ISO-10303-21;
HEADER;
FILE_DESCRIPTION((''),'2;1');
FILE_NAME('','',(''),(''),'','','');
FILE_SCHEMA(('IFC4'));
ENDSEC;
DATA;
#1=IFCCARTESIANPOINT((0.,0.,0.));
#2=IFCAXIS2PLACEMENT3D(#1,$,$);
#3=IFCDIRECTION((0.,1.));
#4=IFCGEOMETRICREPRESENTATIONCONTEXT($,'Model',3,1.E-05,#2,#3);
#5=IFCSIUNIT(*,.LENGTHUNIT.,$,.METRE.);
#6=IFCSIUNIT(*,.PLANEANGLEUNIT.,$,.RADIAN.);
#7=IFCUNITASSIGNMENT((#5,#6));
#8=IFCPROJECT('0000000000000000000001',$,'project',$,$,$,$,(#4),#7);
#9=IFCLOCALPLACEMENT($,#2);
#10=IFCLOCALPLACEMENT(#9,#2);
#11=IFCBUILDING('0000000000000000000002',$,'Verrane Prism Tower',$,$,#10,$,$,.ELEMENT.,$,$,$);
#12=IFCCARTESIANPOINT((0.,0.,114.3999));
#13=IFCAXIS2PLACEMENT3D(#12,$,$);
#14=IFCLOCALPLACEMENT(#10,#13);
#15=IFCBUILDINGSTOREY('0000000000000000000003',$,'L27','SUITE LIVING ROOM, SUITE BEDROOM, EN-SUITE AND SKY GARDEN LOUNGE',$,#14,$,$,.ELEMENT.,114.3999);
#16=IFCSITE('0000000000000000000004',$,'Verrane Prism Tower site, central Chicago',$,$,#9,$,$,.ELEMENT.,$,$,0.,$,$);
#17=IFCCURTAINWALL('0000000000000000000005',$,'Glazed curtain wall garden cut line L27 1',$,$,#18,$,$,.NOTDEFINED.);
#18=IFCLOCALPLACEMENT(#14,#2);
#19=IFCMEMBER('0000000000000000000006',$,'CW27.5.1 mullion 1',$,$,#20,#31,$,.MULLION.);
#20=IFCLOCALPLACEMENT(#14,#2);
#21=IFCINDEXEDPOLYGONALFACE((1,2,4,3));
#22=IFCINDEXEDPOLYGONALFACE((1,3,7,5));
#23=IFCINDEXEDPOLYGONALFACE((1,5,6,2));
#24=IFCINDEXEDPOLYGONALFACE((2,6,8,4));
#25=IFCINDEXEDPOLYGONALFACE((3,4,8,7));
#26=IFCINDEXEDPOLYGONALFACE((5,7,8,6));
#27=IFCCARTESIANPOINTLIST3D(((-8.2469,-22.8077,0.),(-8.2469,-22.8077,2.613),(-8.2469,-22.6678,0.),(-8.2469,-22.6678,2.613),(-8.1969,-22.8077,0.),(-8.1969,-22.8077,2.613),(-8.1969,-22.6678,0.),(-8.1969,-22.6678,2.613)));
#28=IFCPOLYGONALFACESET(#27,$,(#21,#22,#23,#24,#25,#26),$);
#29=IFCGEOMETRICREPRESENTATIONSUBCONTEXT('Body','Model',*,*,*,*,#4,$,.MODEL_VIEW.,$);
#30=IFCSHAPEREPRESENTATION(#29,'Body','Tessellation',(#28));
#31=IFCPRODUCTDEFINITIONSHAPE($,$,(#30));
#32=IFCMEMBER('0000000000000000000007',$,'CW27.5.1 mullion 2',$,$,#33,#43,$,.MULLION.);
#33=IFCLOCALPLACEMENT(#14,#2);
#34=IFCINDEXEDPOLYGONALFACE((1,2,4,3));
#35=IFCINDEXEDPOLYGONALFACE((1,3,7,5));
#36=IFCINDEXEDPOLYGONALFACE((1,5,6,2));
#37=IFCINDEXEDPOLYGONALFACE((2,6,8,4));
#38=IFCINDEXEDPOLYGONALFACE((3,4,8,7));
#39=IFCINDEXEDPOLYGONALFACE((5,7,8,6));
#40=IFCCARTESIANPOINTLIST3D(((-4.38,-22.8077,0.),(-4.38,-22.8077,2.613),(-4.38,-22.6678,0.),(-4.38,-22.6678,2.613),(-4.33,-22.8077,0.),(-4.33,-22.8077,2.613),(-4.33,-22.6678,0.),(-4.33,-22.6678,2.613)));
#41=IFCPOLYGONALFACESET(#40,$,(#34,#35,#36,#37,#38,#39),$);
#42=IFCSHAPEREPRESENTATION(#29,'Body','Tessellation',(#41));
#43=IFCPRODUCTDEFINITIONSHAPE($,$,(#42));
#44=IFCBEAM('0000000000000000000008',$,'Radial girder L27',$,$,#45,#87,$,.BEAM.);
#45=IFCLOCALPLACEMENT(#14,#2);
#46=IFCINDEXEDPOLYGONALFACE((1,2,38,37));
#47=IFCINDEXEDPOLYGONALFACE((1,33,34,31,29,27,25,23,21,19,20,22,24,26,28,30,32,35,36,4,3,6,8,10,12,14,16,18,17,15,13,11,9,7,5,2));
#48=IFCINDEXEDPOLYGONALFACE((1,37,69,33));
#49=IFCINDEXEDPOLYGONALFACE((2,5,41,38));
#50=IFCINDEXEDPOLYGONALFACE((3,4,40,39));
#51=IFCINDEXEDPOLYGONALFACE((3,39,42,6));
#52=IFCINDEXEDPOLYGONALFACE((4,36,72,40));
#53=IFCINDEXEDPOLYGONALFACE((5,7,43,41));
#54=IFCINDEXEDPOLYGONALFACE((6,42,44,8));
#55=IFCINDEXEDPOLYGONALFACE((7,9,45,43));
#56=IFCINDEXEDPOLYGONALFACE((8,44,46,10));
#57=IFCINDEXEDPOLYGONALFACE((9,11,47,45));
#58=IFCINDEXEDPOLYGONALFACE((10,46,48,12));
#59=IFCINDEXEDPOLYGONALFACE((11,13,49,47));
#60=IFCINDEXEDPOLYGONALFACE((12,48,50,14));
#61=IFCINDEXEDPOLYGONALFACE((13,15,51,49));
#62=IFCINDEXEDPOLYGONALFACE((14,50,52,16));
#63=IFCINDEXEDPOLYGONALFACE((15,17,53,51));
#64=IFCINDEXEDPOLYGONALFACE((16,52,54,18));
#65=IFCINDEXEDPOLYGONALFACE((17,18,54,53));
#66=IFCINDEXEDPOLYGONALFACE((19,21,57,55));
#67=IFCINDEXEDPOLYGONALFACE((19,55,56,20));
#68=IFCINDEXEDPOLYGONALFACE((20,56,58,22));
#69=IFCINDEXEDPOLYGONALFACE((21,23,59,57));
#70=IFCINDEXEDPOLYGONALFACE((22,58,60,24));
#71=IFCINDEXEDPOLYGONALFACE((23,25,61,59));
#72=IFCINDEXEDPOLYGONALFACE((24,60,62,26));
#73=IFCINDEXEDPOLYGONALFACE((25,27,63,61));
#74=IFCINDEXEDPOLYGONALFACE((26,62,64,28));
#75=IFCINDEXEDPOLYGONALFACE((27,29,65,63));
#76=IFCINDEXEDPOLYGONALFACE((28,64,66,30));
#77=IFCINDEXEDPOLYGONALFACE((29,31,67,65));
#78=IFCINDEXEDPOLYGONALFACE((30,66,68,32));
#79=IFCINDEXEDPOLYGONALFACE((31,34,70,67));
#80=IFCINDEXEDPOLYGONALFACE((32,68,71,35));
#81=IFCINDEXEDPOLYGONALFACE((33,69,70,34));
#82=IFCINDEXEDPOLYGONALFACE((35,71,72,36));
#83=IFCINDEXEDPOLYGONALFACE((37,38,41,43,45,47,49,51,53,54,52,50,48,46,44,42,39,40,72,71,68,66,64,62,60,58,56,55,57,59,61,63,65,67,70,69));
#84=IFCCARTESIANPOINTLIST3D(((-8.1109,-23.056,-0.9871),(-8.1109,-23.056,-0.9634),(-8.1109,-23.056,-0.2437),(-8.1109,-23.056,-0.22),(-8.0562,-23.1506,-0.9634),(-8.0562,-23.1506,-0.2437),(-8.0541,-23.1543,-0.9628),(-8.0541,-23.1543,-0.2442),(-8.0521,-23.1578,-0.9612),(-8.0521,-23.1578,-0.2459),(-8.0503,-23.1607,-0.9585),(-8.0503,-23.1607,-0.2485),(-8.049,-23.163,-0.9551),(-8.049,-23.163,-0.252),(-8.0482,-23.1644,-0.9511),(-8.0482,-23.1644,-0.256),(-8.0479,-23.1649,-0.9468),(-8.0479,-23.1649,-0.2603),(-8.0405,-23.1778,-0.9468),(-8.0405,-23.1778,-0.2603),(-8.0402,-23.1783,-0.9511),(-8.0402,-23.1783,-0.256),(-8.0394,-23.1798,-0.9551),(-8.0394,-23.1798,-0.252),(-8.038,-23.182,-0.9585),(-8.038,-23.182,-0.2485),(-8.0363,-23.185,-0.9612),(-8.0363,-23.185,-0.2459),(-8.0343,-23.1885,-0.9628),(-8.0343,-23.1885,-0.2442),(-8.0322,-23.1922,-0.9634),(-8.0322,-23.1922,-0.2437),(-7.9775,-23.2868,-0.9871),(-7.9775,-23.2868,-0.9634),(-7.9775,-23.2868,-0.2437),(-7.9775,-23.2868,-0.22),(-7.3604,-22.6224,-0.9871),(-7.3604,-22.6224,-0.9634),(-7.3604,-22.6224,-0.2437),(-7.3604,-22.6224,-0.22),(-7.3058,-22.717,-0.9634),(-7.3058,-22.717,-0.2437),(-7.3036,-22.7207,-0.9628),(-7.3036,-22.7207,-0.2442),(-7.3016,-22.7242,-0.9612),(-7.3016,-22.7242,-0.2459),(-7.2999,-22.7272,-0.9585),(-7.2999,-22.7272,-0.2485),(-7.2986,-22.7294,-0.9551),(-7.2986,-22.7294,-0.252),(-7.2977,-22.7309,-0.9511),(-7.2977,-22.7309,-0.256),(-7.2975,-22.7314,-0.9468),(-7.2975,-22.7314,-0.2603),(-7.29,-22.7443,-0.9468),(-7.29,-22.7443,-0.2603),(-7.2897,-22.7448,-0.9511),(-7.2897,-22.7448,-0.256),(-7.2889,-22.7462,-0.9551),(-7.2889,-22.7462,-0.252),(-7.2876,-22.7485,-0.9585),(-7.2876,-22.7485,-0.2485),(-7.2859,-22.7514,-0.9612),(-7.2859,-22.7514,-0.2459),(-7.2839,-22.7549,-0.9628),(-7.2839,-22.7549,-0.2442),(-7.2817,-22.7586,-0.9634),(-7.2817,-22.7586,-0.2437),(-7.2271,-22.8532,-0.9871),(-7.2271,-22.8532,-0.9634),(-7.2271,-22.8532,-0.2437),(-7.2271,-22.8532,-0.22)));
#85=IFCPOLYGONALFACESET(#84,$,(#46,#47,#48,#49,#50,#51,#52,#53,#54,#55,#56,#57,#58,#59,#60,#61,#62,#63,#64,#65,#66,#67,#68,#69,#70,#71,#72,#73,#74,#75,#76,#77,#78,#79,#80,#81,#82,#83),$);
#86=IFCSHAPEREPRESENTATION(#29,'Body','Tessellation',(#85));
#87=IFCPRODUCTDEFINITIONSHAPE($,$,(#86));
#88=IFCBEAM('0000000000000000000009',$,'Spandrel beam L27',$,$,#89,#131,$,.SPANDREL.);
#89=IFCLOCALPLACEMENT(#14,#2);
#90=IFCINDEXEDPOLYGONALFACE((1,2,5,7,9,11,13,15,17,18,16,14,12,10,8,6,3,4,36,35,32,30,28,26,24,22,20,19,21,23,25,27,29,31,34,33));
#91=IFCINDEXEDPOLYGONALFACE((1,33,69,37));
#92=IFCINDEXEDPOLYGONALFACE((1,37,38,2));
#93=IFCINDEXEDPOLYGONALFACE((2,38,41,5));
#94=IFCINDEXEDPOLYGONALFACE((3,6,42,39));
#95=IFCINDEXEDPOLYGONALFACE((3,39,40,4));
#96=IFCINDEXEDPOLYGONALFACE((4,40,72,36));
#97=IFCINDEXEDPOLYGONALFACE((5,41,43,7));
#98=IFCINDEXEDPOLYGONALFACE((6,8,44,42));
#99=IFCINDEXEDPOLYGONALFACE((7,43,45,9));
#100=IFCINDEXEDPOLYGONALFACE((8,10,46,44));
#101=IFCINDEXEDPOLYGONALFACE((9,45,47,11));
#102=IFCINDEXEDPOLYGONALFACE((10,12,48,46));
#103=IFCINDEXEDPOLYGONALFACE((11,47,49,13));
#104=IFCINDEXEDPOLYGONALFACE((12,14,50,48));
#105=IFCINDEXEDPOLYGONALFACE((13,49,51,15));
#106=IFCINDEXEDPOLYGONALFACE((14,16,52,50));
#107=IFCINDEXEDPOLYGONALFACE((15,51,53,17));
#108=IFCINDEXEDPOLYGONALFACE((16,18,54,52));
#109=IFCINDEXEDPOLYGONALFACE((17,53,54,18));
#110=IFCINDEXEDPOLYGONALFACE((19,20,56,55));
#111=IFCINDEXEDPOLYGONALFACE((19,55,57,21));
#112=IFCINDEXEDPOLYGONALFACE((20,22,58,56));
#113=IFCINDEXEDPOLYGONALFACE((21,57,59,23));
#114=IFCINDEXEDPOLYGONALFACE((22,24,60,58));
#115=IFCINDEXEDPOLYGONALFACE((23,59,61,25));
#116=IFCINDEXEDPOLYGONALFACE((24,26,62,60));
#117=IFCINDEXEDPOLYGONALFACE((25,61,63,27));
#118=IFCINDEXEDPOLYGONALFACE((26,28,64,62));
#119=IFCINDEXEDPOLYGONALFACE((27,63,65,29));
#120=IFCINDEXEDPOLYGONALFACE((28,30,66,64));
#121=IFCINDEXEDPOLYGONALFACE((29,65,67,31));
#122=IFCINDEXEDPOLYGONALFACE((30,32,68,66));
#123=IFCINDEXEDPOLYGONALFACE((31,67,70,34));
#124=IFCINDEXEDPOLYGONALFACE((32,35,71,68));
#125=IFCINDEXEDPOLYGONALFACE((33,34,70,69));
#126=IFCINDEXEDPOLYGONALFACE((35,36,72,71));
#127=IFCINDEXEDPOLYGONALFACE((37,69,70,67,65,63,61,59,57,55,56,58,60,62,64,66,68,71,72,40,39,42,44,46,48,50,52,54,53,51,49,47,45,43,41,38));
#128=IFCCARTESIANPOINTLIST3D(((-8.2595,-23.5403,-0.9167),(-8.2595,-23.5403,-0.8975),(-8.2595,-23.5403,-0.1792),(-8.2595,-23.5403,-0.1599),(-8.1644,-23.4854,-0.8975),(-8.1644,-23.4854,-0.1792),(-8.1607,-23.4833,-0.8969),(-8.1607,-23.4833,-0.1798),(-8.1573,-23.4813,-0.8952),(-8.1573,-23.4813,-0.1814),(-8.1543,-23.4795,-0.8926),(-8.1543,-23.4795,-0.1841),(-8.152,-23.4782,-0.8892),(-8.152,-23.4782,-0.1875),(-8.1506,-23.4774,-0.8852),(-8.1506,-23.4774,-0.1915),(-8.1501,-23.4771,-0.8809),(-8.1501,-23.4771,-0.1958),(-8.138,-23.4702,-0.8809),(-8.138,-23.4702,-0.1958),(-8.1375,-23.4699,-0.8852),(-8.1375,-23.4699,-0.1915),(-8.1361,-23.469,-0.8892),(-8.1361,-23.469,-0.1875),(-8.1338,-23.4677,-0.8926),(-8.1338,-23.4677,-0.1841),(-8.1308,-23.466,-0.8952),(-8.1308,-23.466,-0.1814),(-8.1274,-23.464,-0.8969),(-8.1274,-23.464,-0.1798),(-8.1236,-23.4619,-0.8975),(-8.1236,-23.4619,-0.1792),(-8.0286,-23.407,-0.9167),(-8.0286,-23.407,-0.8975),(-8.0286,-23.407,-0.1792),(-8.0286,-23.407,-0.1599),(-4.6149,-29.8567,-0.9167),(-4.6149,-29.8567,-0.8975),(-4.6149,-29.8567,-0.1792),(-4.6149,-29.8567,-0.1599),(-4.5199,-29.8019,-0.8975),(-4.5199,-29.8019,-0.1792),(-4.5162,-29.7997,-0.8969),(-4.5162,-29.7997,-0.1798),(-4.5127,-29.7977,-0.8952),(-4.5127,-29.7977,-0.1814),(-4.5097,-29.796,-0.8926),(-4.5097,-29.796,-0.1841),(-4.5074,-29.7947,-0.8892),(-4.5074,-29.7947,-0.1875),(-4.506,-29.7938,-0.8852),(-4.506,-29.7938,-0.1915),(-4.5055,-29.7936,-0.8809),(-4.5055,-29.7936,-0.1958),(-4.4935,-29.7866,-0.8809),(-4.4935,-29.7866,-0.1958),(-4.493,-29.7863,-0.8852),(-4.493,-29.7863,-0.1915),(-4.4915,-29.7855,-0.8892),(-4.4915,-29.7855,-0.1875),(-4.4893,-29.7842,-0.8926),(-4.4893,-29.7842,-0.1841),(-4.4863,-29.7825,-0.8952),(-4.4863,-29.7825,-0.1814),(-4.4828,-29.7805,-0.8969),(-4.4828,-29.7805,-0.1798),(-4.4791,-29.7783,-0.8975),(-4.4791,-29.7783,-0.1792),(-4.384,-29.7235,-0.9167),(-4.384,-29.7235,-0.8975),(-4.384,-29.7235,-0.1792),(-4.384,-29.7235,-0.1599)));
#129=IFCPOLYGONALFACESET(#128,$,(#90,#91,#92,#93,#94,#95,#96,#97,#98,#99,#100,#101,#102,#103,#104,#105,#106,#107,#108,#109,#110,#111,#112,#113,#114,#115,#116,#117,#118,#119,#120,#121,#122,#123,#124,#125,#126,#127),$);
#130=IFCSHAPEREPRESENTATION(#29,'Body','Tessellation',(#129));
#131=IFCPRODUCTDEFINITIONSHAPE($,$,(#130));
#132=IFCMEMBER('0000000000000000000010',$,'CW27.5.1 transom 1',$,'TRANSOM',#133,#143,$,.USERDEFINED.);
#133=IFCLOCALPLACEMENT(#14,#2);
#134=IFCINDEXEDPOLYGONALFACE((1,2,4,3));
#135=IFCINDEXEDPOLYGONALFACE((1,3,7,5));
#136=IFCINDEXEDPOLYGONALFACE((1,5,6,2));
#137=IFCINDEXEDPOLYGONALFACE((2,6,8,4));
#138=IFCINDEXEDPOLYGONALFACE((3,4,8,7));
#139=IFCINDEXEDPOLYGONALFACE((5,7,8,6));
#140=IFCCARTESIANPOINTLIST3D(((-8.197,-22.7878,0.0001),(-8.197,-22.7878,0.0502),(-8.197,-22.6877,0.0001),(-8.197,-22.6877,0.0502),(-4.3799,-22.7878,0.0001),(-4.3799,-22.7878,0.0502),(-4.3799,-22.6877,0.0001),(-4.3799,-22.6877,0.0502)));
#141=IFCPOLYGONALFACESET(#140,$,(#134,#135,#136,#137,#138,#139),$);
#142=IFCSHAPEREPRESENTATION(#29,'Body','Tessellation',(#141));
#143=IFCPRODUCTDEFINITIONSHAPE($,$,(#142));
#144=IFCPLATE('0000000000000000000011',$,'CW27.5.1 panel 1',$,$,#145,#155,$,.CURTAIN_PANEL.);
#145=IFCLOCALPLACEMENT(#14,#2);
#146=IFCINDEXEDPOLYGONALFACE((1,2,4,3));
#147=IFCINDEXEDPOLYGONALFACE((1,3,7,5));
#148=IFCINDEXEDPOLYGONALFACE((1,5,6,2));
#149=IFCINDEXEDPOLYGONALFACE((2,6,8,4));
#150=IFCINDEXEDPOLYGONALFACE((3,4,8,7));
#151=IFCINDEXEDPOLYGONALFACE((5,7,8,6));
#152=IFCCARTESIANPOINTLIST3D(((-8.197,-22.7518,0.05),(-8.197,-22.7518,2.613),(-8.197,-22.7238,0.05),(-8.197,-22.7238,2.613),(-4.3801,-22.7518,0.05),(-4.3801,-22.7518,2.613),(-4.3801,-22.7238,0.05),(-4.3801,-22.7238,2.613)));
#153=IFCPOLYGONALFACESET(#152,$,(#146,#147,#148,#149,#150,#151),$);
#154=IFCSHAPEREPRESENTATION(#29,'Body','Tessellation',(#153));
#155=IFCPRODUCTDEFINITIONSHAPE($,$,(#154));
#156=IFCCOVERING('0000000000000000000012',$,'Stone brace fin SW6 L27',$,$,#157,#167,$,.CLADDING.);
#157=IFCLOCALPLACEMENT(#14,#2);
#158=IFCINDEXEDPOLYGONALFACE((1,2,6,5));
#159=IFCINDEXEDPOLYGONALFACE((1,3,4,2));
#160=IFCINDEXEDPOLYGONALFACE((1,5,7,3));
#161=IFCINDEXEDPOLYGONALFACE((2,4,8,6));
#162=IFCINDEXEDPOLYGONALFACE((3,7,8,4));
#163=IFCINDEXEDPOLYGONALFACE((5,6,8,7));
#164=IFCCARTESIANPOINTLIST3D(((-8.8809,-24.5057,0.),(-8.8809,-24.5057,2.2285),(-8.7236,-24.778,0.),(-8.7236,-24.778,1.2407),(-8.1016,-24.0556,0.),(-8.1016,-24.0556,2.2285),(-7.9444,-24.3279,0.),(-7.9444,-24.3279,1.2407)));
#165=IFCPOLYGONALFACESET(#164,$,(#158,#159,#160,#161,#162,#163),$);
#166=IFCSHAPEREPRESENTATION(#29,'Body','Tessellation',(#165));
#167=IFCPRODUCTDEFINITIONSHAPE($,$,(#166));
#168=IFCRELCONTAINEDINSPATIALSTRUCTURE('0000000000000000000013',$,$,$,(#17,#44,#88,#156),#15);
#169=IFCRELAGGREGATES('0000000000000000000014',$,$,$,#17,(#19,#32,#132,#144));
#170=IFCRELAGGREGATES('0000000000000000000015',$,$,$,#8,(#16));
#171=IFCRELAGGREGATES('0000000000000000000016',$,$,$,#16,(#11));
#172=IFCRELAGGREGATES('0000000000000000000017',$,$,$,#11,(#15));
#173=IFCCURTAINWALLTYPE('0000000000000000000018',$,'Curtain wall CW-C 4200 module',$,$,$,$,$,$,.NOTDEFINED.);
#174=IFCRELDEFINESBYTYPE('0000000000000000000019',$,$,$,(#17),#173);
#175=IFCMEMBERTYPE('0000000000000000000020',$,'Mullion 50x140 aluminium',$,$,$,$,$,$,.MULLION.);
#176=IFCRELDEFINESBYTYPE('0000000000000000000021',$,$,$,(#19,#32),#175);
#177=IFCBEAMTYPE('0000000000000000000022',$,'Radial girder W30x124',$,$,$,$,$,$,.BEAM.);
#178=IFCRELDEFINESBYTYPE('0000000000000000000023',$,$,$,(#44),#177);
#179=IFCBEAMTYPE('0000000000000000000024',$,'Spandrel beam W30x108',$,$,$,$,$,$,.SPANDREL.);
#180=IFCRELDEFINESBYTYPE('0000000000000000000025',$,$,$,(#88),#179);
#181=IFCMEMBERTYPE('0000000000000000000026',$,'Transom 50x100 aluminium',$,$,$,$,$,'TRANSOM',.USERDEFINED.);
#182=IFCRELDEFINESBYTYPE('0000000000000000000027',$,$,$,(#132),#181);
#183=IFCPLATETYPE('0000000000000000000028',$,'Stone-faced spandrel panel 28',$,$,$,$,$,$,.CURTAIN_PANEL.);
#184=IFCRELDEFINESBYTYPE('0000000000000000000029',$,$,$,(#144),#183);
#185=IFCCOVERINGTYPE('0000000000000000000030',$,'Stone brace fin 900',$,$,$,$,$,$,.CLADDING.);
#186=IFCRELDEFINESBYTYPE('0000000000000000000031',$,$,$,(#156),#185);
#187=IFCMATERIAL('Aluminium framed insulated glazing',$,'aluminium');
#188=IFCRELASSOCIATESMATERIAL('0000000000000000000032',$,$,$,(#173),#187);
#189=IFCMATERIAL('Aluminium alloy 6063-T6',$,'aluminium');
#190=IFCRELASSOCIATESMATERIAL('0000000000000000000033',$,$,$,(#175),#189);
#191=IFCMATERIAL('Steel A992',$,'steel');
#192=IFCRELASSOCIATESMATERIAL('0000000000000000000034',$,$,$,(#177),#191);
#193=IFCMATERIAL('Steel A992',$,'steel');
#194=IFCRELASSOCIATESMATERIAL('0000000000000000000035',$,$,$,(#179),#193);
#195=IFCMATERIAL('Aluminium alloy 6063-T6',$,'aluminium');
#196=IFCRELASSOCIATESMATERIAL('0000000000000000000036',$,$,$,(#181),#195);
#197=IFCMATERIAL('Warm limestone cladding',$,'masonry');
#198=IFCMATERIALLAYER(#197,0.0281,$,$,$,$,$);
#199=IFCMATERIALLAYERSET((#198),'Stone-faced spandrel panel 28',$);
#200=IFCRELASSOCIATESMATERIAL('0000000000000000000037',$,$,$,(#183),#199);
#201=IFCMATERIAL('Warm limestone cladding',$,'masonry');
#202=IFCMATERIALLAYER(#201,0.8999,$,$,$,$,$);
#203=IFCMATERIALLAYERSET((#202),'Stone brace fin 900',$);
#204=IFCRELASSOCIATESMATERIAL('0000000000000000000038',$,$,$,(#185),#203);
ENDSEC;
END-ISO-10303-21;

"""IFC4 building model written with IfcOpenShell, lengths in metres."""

from ifc_helpers import new_model, si_unit, direction, frame, origin, origin_2d, place, context, subcontext, project, spatial, polyline, rectangle, i_section, outline, extrude, material, layer, layer_set, material_profile, profile_set, type_object, element, aggregate, save


model = new_model("IFC4")

# Units and contexts
model_context = context("Model", 3, precision=1e-05, world=origin(), true_north=direction((0.0, 1.0)))
body_context = subcontext(model_context, "Body", "Model", "MODEL_VIEW")
ifc_project = project(units=[si_unit("LENGTHUNIT", "METRE"), si_unit("PLANEANGLEUNIT", "RADIAN")], contexts=[model_context])

# Site, building, storey
site_placement = place(None, origin())
site = spatial("IfcSite", under=ifc_project, at=site_placement, Name="Verrane Prism Tower site, central Chicago", CompositionType="ELEMENT", RefElevation=0.0)
building_placement = place(site_placement, origin())
building = spatial("IfcBuilding", under=site, at=building_placement, Name="Verrane Prism Tower", CompositionType="ELEMENT")
storey_placement = place(building_placement, frame((0.0, 0.0, 114.3999)))
storey = spatial("IfcBuildingStorey", under=building, at=storey_placement, Name="L27", Description="SUITE LIVING ROOM, SUITE BEDROOM, EN-SUITE AND SKY GARDEN LOUNGE", CompositionType="ELEMENT", Elevation=114.3999)

# Curtain wall, members
ifc_material_1 = material(Name="Aluminium framed insulated glazing", Category="aluminium")
curtain_wall_type = type_object("IfcCurtainWallType", Name="Curtain wall CW-C 4200 module", PredefinedType="NOTDEFINED", material=ifc_material_1)
curtain_wall_placement = place(storey_placement, origin())
curtain_wall = element("IfcCurtainWall", 1, at=curtain_wall_placement, inside=storey, type_object=curtain_wall_type, Name="Glazed curtain wall garden cut line L27 1", PredefinedType="NOTDEFINED")
ifc_material_2 = material(Name="Aluminium alloy 6063-T6", Category="aluminium")
ifc_material_profile_1 = material_profile(ifc_material_2, rectangle(XDim=0.1399, YDim=0.05, at=origin_2d()), Name="Mullion 50x140 aluminium")
ifc_profile_set_1 = profile_set([ifc_material_profile_1], Name="Aluminium alloy 6063-T6")
member_type_1 = type_object("IfcMemberType", Name="Mullion 50x140 aluminium", PredefinedType="MULLION", material=ifc_profile_set_1)
member_1_placement = place(storey_placement, frame((-8.2219, -22.7378, 0.0), z_axis=(0.0, 0.0, 1.0), x_axis=(0.0, 1.0, 0.0)))
member_1 = element("IfcMember", 2, at=member_1_placement, type_object=member_type_1, Name="CW27.5.1 mullion 1", PredefinedType="MULLION", context=body_context, shape_type="SweptSolid", body=[
    extrude(rectangle(XDim=0.1399, YDim=0.05, at=origin_2d()), origin(), (0.0, 0.0, 1.0), 2.613),
])
member_2_placement = place(storey_placement, frame((-4.355, -22.7378, 0.0), z_axis=(0.0, 0.0, 1.0), x_axis=(0.0, 1.0, 0.0)))
member_2 = element("IfcMember", 3, at=member_2_placement, type_object=member_type_1, Name="CW27.5.1 mullion 2", PredefinedType="MULLION", context=body_context, shape_type="SweptSolid", body=[
    extrude(rectangle(XDim=0.1399, YDim=0.05, at=origin_2d()), origin(), (0.0, 0.0, 1.0), 2.613),
])

# Beams
ifc_material_3 = material(Name="Steel A992", Category="steel")
ifc_material_profile_2 = material_profile(ifc_material_3, i_section(OverallWidth=0.2666, OverallDepth=0.7671, WebThickness=0.0149, FlangeThickness=0.0237, FilletRadius=0.0166, at=origin_2d()), Name="W30x124")
ifc_profile_set_2 = profile_set([ifc_material_profile_2], Name="Steel A992")
beam_type_1 = type_object("IfcBeamType", Name="Radial girder W30x124", PredefinedType="BEAM", material=ifc_profile_set_2)
beam_1_placement = place(storey_placement, frame((-8.0442, -23.1714, -0.6035), z_axis=(0.865876, 0.500259, 0.0), x_axis=(-0.500259, 0.865876, 0.0)))
element("IfcBeam", 4, at=beam_1_placement, inside=storey, type_object=beam_type_1, Name="Radial girder L27", PredefinedType="BEAM", context=body_context, shape_type="SweptSolid", body=[
    extrude(i_section(OverallWidth=0.2666, OverallDepth=0.7671, WebThickness=0.0149, FlangeThickness=0.0237, FilletRadius=0.0166, at=origin_2d()), origin(), (0.0, 0.0, 1.0), 0.8667),
])
ifc_material_4 = material(Name="Steel A992", Category="steel")
ifc_material_profile_3 = material_profile(ifc_material_4, i_section(OverallWidth=0.2666, OverallDepth=0.7568, WebThickness=0.0139, FlangeThickness=0.0193, FilletRadius=0.0166, at=origin_2d()), Name="W30x108")
ifc_profile_set_3 = profile_set([ifc_material_profile_3], Name="Steel A992")
beam_type_2 = type_object("IfcBeamType", Name="Spandrel beam W30x108", PredefinedType="SPANDREL", material=ifc_profile_set_3)
beam_2_placement = place(storey_placement, frame((-8.144, -23.4736, -0.5383), z_axis=(0.499769, -0.866159, 0.0), x_axis=(0.866159, 0.499769, 0.0)))
element("IfcBeam", 5, at=beam_2_placement, inside=storey, type_object=beam_type_2, Name="Spandrel beam L27", PredefinedType="SPANDREL", context=body_context, shape_type="SweptSolid", body=[
    extrude(i_section(OverallWidth=0.2666, OverallDepth=0.7568, WebThickness=0.0139, FlangeThickness=0.0193, FilletRadius=0.0166, at=origin_2d()), origin(), (0.0, 0.0, 1.0), 7.2925),
])

# Member
ifc_material_5 = material(Name="Aluminium alloy 6063-T6", Category="aluminium")
ifc_material_profile_4 = material_profile(ifc_material_5, rectangle(XDim=0.1001, YDim=0.05, at=origin_2d()), Name="Transom 50x100 aluminium")
ifc_profile_set_4 = profile_set([ifc_material_profile_4], Name="Aluminium alloy 6063-T6")
member_type_2 = type_object("IfcMemberType", Name="Transom 50x100 aluminium", ElementType="TRANSOM", PredefinedType="USERDEFINED", material=ifc_profile_set_4)
member_3_placement = place(storey_placement, frame((-8.197, -22.7378, 0.0251), z_axis=(1.0, 0.0, 0.0), x_axis=(0.0, 1.0, 0.0)))
member_3 = element("IfcMember", 6, at=member_3_placement, type_object=member_type_2, Name="CW27.5.1 transom 1", ObjectType="TRANSOM", PredefinedType="USERDEFINED", context=body_context, shape_type="SweptSolid", body=[
    extrude(rectangle(XDim=0.1001, YDim=0.05, at=origin_2d()), origin(), (0.0, 0.0, 1.0), 3.8171),
])

# Plate
ifc_material_6 = material(Name="Warm limestone cladding", Category="masonry")
ifc_layer_1 = layer(ifc_material_6, 0.0281)
ifc_layer_set_1 = layer_set([ifc_layer_1], Name="Stone-faced spandrel panel 28")
plate_type = type_object("IfcPlateType", Name="Stone-faced spandrel panel 28", PredefinedType="CURTAIN_PANEL", material=ifc_layer_set_1)
plate_placement = place(storey_placement, frame((-6.2886, -22.7378, 0.05), z_axis=(0.0, 0.0, 1.0), x_axis=(1.0, 0.0, 0.0)))
plate = element("IfcPlate", 7, at=plate_placement, type_object=plate_type, Name="CW27.5.1 panel 1", PredefinedType="CURTAIN_PANEL", context=body_context, shape_type="SweptSolid", body=[
    extrude(rectangle(XDim=3.8169, YDim=0.0281, at=origin_2d()), origin(), (0.0, 0.0, 1.0), 2.563),
])
aggregate(curtain_wall, [member_1, member_2, member_3, plate])

# Covering
ifc_material_7 = material(Name="Warm limestone cladding", Category="masonry")
ifc_layer_2 = layer(ifc_material_7, 0.8999)
ifc_layer_set_2 = layer_set([ifc_layer_2], Name="Stone brace fin 900")
covering_type = type_object("IfcCoveringType", Name="Stone brace fin 900", PredefinedType="CLADDING", material=ifc_layer_set_2)
covering_placement = place(storey_placement, frame((-8.334, -24.553, 0.0), z_axis=(0.0, 0.0, 1.0), x_axis=(-0.500148, 0.86594, 0.0)))
element("IfcCovering", 8, at=covering_placement, inside=storey, type_object=covering_type, Name="Stone brace fin SW6 L27", PredefinedType="CLADDING", context=body_context, shape_type="SweptSolid", body=[
    extrude(outline(polyline([(0.0, 0.0), (0.3145, 0.0), (0.3145, 2.2285), (0.0, 1.2407), (0.0, 0.0)])), frame((0.0, 0.45, 0.0), z_axis=(0.0, -1.0, 0.0), x_axis=(1.0, 0.0, 0.0)), (0.0, 0.0, 1.0), 0.8999),
])

save(model, "model.ifc")
